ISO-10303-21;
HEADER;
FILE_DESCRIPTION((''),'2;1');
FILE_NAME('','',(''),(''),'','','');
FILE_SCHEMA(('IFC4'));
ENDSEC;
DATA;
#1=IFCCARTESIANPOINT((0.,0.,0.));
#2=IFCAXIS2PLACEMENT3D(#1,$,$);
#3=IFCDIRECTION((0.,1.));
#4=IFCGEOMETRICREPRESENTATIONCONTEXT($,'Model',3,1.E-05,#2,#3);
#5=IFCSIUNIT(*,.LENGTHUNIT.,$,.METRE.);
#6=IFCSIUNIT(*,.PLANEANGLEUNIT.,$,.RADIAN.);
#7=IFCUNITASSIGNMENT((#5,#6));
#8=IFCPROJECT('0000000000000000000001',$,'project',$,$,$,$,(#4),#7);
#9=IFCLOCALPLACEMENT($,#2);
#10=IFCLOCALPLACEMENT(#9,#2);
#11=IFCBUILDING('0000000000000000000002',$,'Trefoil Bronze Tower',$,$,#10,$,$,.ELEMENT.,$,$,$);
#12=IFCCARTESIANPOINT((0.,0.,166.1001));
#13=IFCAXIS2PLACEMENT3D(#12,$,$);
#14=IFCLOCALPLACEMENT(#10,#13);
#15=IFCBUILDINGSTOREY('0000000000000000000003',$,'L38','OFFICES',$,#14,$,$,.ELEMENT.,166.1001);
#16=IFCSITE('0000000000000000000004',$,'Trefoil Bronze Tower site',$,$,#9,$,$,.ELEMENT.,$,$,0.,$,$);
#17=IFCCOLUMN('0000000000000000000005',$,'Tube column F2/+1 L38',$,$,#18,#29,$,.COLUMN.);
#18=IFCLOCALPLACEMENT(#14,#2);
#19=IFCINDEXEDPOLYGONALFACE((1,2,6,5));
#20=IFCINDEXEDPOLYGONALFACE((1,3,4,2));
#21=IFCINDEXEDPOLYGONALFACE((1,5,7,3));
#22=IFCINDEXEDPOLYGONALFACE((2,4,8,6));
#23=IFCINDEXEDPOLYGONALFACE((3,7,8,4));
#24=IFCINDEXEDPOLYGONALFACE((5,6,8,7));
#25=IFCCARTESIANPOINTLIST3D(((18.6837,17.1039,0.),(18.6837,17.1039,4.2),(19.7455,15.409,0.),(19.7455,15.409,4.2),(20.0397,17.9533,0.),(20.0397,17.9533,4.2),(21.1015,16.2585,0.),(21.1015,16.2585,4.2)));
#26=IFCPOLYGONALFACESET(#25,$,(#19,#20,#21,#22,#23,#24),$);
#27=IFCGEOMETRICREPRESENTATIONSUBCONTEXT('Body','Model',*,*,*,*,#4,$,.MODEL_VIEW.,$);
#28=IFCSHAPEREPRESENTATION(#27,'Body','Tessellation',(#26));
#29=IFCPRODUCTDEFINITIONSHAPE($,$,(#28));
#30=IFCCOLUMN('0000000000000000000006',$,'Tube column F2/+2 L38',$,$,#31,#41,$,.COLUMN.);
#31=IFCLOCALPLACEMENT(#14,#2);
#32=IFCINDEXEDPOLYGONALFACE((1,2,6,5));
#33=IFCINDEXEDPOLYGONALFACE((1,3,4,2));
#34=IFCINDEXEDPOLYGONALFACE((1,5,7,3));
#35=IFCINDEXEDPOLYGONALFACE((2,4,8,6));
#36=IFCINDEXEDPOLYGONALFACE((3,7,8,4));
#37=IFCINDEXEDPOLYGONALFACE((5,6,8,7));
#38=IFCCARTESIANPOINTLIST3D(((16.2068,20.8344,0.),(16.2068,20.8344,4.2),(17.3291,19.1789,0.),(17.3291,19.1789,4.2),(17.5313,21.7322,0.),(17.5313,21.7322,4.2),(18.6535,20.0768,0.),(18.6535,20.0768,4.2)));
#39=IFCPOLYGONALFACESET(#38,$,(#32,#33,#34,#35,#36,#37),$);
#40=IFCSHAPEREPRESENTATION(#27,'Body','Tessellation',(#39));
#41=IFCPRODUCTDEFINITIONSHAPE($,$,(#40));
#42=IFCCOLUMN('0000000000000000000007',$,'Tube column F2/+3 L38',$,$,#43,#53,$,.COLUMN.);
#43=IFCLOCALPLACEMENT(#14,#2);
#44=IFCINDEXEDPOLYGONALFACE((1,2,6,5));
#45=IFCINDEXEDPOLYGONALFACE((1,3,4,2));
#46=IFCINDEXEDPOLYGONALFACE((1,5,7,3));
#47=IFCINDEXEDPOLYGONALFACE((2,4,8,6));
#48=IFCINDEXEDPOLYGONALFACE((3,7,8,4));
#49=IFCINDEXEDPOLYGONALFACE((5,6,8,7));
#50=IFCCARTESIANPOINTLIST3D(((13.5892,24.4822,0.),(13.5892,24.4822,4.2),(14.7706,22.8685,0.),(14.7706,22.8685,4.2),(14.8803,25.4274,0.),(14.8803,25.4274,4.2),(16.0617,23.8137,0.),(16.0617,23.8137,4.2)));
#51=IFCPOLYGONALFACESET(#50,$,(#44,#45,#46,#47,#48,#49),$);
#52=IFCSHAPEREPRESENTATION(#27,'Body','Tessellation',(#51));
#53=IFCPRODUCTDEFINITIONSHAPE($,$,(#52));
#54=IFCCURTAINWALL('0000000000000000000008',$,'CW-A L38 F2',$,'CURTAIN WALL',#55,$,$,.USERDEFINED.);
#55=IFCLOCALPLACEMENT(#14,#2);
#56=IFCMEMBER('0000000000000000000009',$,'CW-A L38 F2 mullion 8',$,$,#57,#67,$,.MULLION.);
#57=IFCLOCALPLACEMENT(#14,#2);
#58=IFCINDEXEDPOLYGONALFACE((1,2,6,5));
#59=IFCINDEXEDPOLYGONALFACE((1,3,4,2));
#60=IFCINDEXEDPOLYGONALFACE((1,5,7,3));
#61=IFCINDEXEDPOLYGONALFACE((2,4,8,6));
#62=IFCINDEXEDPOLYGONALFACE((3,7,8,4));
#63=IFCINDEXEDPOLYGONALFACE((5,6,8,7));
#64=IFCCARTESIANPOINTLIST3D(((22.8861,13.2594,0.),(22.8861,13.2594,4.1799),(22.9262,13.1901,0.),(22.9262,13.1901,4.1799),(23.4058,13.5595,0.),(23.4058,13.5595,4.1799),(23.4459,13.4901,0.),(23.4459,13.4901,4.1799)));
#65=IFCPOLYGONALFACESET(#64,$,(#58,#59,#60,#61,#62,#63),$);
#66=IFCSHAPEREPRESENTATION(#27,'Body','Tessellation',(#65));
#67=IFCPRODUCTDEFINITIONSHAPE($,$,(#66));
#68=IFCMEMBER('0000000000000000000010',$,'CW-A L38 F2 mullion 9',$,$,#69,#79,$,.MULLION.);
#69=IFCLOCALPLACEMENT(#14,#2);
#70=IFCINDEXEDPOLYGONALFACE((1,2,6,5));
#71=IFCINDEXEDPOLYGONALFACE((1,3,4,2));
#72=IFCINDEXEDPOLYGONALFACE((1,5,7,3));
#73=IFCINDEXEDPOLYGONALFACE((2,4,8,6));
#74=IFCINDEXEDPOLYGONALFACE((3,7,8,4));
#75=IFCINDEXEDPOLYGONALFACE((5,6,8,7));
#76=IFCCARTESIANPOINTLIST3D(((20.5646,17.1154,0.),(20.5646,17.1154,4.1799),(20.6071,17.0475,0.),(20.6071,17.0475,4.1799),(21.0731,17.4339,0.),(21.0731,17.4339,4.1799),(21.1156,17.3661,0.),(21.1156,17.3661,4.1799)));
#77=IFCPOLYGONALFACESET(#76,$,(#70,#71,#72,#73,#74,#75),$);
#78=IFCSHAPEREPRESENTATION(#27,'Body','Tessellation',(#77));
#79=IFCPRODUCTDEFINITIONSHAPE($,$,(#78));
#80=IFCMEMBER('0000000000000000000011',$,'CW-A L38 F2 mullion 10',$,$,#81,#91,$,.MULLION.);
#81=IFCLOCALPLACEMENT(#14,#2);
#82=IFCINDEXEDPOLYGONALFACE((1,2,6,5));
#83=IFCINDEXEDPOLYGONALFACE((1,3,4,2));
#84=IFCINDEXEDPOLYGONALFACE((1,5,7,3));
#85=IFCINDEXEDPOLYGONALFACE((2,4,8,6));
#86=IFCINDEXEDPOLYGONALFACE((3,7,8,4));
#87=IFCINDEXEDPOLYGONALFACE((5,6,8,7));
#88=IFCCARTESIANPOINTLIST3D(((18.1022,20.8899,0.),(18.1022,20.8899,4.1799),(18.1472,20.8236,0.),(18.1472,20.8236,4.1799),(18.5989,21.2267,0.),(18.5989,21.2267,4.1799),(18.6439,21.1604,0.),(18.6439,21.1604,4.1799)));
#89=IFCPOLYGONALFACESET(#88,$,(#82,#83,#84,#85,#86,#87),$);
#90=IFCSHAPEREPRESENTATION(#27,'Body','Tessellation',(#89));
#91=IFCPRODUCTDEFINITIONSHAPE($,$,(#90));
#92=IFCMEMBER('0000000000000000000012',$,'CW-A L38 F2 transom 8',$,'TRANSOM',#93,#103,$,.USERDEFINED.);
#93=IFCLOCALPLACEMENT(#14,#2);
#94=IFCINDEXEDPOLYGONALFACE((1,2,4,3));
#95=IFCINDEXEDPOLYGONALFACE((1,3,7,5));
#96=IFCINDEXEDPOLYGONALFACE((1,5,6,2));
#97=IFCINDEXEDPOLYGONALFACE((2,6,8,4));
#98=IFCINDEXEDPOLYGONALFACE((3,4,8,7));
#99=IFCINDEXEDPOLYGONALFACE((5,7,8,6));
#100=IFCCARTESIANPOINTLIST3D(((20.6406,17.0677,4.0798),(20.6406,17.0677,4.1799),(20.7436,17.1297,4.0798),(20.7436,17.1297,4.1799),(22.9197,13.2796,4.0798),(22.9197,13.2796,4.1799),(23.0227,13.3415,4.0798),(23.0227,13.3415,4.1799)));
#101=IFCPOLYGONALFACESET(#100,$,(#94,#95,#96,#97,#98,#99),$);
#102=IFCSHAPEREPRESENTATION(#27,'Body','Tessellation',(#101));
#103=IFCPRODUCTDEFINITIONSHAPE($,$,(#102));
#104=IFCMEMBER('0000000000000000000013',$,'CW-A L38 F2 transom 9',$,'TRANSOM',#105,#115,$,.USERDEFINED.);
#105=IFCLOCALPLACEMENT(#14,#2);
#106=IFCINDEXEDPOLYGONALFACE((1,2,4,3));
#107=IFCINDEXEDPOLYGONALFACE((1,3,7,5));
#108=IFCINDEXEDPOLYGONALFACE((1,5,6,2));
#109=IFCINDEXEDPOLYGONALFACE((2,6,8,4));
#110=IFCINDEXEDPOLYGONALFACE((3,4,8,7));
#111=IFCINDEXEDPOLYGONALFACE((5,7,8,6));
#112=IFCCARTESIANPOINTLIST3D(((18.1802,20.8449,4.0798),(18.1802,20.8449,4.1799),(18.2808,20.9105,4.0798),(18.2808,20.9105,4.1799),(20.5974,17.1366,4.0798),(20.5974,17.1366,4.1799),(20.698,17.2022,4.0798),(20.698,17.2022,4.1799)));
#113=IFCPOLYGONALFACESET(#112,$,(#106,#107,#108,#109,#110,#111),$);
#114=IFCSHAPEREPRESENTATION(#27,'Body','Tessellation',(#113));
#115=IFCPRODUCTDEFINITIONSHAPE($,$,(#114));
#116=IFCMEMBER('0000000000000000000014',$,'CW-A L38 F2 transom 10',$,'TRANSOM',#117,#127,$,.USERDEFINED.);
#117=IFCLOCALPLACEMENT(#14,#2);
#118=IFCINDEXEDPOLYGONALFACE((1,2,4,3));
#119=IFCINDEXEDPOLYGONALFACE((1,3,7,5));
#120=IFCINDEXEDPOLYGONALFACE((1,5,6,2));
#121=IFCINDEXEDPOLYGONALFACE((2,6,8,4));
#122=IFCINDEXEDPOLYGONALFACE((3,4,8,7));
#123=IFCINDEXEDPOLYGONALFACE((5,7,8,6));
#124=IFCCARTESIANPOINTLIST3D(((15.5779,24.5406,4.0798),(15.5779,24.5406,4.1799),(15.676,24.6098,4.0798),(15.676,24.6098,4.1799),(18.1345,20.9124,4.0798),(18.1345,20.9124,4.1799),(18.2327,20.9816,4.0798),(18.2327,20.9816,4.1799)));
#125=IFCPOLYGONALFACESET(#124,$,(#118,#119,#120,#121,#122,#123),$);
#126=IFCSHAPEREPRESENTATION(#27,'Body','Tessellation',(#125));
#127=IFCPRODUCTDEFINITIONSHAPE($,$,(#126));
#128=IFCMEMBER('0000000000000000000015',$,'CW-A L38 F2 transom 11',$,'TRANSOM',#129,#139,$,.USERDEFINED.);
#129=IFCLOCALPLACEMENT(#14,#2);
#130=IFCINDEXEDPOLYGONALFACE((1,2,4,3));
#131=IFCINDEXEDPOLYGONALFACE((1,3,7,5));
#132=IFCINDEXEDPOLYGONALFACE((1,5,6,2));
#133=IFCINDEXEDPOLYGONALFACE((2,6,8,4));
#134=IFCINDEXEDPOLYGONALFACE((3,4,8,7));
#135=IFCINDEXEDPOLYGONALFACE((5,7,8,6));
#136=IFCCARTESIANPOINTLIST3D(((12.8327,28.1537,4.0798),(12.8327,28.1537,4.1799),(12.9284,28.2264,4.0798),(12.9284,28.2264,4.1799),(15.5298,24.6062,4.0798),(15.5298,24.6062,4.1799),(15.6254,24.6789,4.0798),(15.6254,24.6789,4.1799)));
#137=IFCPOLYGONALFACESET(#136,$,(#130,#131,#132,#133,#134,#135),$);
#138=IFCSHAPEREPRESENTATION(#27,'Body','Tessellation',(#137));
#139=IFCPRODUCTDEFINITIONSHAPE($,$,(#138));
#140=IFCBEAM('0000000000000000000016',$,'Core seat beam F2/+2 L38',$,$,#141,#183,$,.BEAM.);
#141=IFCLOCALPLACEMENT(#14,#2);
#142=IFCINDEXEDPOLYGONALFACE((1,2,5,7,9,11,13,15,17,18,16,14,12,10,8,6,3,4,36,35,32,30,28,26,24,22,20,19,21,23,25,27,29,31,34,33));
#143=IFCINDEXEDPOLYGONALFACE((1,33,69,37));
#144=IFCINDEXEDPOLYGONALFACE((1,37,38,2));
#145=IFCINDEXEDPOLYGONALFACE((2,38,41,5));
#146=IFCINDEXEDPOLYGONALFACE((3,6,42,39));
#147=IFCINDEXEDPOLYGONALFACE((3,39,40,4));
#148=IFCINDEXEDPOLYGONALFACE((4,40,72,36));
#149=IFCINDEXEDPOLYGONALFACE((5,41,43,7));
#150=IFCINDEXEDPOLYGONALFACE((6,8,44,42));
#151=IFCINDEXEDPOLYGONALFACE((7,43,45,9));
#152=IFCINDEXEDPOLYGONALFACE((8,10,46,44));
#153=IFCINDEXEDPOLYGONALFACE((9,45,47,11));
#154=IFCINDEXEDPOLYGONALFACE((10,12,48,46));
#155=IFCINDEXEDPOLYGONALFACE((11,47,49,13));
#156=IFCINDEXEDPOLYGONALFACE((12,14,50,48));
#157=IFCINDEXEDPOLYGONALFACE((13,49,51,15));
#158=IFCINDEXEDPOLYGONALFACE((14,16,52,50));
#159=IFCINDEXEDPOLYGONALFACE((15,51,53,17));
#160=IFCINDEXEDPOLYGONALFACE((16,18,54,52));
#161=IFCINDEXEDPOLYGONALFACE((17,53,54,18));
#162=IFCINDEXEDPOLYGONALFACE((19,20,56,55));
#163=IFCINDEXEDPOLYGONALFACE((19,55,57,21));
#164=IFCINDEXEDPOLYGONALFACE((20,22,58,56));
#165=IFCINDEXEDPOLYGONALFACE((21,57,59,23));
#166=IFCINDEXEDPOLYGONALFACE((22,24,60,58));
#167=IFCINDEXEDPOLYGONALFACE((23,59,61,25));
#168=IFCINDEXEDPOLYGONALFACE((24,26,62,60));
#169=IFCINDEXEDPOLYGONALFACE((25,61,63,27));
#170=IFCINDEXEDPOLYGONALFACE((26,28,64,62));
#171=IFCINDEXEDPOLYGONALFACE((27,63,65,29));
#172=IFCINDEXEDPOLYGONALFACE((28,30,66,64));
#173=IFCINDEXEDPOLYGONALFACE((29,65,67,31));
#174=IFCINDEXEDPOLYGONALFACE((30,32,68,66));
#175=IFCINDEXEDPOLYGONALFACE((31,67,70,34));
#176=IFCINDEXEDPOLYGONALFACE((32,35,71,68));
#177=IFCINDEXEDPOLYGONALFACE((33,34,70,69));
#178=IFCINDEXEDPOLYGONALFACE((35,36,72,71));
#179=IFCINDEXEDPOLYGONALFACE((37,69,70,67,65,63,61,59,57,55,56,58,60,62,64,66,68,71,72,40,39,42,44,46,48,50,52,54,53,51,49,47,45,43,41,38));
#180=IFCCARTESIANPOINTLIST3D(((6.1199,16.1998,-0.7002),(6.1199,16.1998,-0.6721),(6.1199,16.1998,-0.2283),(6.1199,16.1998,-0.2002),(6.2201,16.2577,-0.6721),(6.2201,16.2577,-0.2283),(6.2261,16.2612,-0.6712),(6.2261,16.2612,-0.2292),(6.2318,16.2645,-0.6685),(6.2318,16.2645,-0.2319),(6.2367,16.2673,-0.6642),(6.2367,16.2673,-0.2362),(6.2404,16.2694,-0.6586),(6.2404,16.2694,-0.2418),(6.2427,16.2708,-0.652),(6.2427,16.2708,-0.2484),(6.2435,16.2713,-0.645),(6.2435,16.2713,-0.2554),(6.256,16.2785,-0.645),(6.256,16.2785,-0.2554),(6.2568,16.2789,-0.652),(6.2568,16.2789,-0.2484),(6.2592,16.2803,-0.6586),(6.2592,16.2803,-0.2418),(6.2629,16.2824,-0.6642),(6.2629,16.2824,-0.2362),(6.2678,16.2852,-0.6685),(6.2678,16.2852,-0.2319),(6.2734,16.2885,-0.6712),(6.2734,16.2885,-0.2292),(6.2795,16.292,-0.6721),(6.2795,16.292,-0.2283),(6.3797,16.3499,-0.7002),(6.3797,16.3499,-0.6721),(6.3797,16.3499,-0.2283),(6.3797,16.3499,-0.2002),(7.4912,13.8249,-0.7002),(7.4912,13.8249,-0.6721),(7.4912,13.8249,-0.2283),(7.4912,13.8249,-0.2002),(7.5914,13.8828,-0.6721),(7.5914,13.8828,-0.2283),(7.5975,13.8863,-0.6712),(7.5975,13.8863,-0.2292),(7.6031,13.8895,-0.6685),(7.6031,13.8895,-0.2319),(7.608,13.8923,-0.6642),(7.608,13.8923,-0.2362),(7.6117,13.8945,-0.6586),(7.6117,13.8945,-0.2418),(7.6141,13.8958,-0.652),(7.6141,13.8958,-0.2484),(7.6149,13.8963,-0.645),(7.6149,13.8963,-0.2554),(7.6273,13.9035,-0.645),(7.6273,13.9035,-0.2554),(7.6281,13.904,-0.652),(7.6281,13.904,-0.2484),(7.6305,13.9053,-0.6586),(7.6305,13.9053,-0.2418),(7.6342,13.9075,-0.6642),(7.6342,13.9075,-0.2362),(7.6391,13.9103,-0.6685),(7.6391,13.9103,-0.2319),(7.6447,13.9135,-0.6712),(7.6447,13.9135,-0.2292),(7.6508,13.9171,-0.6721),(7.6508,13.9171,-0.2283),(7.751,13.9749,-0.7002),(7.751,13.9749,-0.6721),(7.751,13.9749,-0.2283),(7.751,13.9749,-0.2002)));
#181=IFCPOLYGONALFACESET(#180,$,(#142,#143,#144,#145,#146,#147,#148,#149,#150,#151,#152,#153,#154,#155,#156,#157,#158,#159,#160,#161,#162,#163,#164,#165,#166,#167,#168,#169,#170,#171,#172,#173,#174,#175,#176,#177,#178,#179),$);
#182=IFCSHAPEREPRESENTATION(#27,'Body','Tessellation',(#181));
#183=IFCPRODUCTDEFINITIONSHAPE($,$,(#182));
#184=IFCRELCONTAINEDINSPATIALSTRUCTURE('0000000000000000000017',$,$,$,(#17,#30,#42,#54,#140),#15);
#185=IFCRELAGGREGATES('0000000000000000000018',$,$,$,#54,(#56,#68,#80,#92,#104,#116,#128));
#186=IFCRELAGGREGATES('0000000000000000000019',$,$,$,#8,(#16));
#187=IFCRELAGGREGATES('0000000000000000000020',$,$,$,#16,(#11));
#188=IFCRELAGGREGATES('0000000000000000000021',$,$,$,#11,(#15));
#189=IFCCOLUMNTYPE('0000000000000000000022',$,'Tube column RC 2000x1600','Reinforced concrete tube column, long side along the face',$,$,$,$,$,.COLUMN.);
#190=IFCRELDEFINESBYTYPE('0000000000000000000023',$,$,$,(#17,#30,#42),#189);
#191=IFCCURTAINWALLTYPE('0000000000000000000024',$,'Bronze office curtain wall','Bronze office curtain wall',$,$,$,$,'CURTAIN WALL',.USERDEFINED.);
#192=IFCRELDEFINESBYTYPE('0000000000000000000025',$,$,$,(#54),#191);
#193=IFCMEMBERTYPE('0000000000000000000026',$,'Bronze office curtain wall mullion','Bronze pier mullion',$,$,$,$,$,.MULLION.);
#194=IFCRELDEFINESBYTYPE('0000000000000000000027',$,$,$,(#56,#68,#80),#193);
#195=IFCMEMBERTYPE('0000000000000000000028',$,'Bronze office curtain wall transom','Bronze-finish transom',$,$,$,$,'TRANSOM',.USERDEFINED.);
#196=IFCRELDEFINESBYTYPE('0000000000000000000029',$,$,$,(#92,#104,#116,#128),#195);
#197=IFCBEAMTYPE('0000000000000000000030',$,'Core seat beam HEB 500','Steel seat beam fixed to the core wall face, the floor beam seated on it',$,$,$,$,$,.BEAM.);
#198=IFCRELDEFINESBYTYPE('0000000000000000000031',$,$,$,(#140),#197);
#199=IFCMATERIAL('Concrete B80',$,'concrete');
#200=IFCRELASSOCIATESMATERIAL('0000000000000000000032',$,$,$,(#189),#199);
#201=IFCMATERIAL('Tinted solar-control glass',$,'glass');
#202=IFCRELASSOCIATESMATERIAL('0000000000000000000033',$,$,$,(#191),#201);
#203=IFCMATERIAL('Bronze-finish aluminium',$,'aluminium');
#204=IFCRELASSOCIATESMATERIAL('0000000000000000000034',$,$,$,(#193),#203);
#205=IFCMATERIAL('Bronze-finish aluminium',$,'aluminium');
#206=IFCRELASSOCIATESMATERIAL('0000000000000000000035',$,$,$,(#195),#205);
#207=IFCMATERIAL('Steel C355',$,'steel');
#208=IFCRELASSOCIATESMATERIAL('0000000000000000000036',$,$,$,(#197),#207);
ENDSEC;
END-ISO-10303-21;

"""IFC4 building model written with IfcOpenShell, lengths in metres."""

from ifc_helpers import new_model, si_unit, direction, frame, origin, origin_2d, place, context, subcontext, project, spatial, rectangle, i_section, extrude, material, material_profile, profile_set, type_object, element, aggregate, save


model = new_model("IFC4")

# Units and contexts
model_context = context("Model", 3, precision=1e-05, world=origin(), true_north=direction((0.0, 1.0)))
body_context = subcontext(model_context, "Body", "Model", "MODEL_VIEW")
ifc_project = project(units=[si_unit("LENGTHUNIT", "METRE"), si_unit("PLANEANGLEUNIT", "RADIAN")], contexts=[model_context])

# Site, building, storey
site_placement = place(None, origin())
site = spatial("IfcSite", under=ifc_project, at=site_placement, Name="Trefoil Bronze Tower site", CompositionType="ELEMENT", RefElevation=0.0)
building_placement = place(site_placement, origin())
building = spatial("IfcBuilding", under=site, at=building_placement, Name="Trefoil Bronze Tower", CompositionType="ELEMENT")
storey_placement = place(building_placement, frame((0.0, 0.0, 166.1001)))
storey = spatial("IfcBuildingStorey", under=building, at=storey_placement, Name="L38", Description="OFFICES", CompositionType="ELEMENT", Elevation=166.1001)

# Columns
ifc_material_1 = material(Name="Concrete B80", Category="concrete")
ifc_material_profile_1 = material_profile(ifc_material_1, rectangle(XDim=2.0, YDim=1.6001, at=origin_2d()), Name="RC 2000x1600")
ifc_profile_set_1 = profile_set([ifc_material_profile_1], Name="Concrete B80")
column_type = type_object("IfcColumnType", Name="Tube column RC 2000x1600", Description="Reinforced concrete tube column, long side along the face", PredefinedType="COLUMN", material=ifc_profile_set_1)
for number, where, z_axis, x_axis, name in (
    (1, (19.8926, 16.6812, 0.0), (0.0, 0.0, 1.0), (-0.530893, 0.847439, 0.0), "Tube column F2/+1 L38"),
    (2, (17.4302, 20.4556, 0.0), (0.0, 0.0, 1.0), (-0.561136, 0.827724, 0.0), "Tube column F2/+2 L38"),
    (3, (14.8254, 24.1479, 0.0), (0.0, 0.0, 1.0), (-0.590723, 0.806875, 0.0), "Tube column F2/+3 L38"),
):
    element("IfcColumn", number, at=place(storey_placement, frame(where, z_axis=z_axis, x_axis=x_axis)), inside=storey, type_object=column_type, Name=name, PredefinedType="COLUMN", context=body_context, shape_type="SweptSolid", body=[
        extrude(rectangle(XDim=2.0, YDim=1.6001, at=origin_2d()), origin(), (0.0, 0.0, 1.0), 4.2),
    ])

# Curtain wall, members
ifc_material_2 = material(Name="Tinted solar-control glass", Category="glass")
curtain_wall_type = type_object("IfcCurtainWallType", Name="Bronze office curtain wall", Description="Bronze office curtain wall", ElementType="CURTAIN WALL", PredefinedType="USERDEFINED", material=ifc_material_2)
curtain_wall_placement = place(storey_placement, origin())
curtain_wall = element("IfcCurtainWall", 4, at=curtain_wall_placement, inside=storey, type_object=curtain_wall_type, Name="CW-A L38 F2", ObjectType="CURTAIN WALL", PredefinedType="USERDEFINED")
ifc_material_3 = material(Name="Bronze-finish aluminium", Category="aluminium")
ifc_material_profile_2 = material_profile(ifc_material_3, rectangle(XDim=0.6001, YDim=0.0801, at=origin_2d()), Name="CW-A mullion")
ifc_profile_set_2 = profile_set([ifc_material_profile_2], Name="Bronze-finish aluminium")
member_type_1 = type_object("IfcMemberType", Name="Bronze office curtain wall mullion", Description="Bronze pier mullion", PredefinedType="MULLION", material=ifc_profile_set_2)
member_1_placement = place(storey_placement, frame((23.166, 13.3748, 0.0), z_axis=(0.0, 0.0, 1.0), x_axis=(-0.866025, -0.5, 0.0)))
member_1 = element("IfcMember", 5, at=member_1_placement, type_object=member_type_1, Name="CW-A L38 F2 mullion 8", PredefinedType="MULLION", context=body_context, shape_type="SweptSolid", body=[
    extrude(rectangle(XDim=0.6001, YDim=0.0801, at=origin_2d()), origin(), (0.0, 0.0, 1.0), 4.1799),
])
member_2_placement = place(storey_placement, frame((20.8401, 17.2407, 0.0), z_axis=(0.0, 0.0, 1.0), x_axis=(-0.847439, -0.530893, 0.0)))
member_2 = element("IfcMember", 6, at=member_2_placement, type_object=member_type_1, Name="CW-A L38 F2 mullion 9", PredefinedType="MULLION", context=body_context, shape_type="SweptSolid", body=[
    extrude(rectangle(XDim=0.6001, YDim=0.0801, at=origin_2d()), origin(), (0.0, 0.0, 1.0), 4.1799),
])
member_3_placement = place(storey_placement, frame((18.373, 21.0251, 0.0), z_axis=(0.0, 0.0, 1.0), x_axis=(-0.827724, -0.561136, 0.0)))
member_3 = element("IfcMember", 7, at=member_3_placement, type_object=member_type_1, Name="CW-A L38 F2 mullion 10", PredefinedType="MULLION", context=body_context, shape_type="SweptSolid", body=[
    extrude(rectangle(XDim=0.6001, YDim=0.0801, at=origin_2d()), origin(), (0.0, 0.0, 1.0), 4.1799),
])
ifc_material_4 = material(Name="Bronze-finish aluminium", Category="aluminium")
ifc_material_profile_3 = material_profile(ifc_material_4, rectangle(XDim=0.1201, YDim=0.1001, at=origin_2d()), Name="CW-A transom")
ifc_profile_set_3 = profile_set([ifc_material_profile_3], Name="Bronze-finish aluminium")
member_type_2 = type_object("IfcMemberType", Name="Bronze office curtain wall transom", Description="Bronze-finish transom", ElementType="TRANSOM", PredefinedType="USERDEFINED", material=ifc_profile_set_3)
member_4_placement = place(storey_placement, frame((22.9712, 13.3105, 4.1299), z_axis=(-0.515527, 0.856873, 0.0), x_axis=(-0.856873, -0.515527, 0.0)))
member_4 = element("IfcMember", 8, at=member_4_placement, type_object=member_type_2, Name="CW-A L38 F2 transom 8", ObjectType="TRANSOM", PredefinedType="USERDEFINED", context=body_context, shape_type="SweptSolid", body=[
    extrude(rectangle(XDim=0.1201, YDim=0.1001, at=origin_2d()), origin(), (0.0, 0.0, 1.0), 4.4209),
])
member_5_placement = place(storey_placement, frame((20.6477, 17.1694, 4.1299), z_axis=(-0.546079, 0.837733, 0.0), x_axis=(-0.837733, -0.546079, 0.0)))
member_5 = element("IfcMember", 9, at=member_5_placement, type_object=member_type_2, Name="CW-A L38 F2 transom 9", ObjectType="TRANSOM", PredefinedType="USERDEFINED", context=body_context, shape_type="SweptSolid", body=[
    extrude(rectangle(XDim=0.1201, YDim=0.1001, at=origin_2d()), origin(), (0.0, 0.0, 1.0), 4.4265),
])
member_6_placement = place(storey_placement, frame((18.1836, 20.947, 4.1299), z_axis=(-0.576018, 0.817437, 0.0), x_axis=(-0.817437, -0.576018, 0.0)))
member_6 = element("IfcMember", 10, at=member_6_placement, type_object=member_type_2, Name="CW-A L38 F2 transom 10", ObjectType="TRANSOM", PredefinedType="USERDEFINED", context=body_context, shape_type="SweptSolid", body=[
    extrude(rectangle(XDim=0.1201, YDim=0.1001, at=origin_2d()), origin(), (0.0, 0.0, 1.0), 4.4385),
])
member_7_placement = place(storey_placement, frame((15.5776, 24.6426, 4.1299), z_axis=(-0.605229, 0.796051, 0.0), x_axis=(-0.796051, -0.605229, 0.0)))
member_7 = element("IfcMember", 11, at=member_7_placement, type_object=member_type_2, Name="CW-A L38 F2 transom 11", ObjectType="TRANSOM", PredefinedType="USERDEFINED", context=body_context, shape_type="SweptSolid", body=[
    extrude(rectangle(XDim=0.1201, YDim=0.1001, at=origin_2d()), origin(), (0.0, 0.0, 1.0), 4.4563),
])

# Beam
ifc_material_5 = material(Name="Steel C355", Category="steel")
ifc_material_profile_4 = material_profile(ifc_material_5, i_section(OverallWidth=0.3, OverallDepth=0.5, WebThickness=0.0144, FlangeThickness=0.0281, FilletRadius=0.0271, at=origin_2d()), Name="HEB 500")
ifc_profile_set_4 = profile_set([ifc_material_profile_4], Name="Steel C355")
beam_type_1 = type_object("IfcBeamType", Name="Core seat beam HEB 500", Description="Steel seat beam fixed to the core wall face, the floor beam seated on it", PredefinedType="BEAM", material=ifc_profile_set_4)
beam_1_placement = place(storey_placement, frame((7.6211, 13.8999, -0.4502), z_axis=(-0.500036, 0.866005, 0.0), x_axis=(-0.866005, -0.500036, 0.0)))
element("IfcBeam", 12, at=beam_1_placement, inside=storey, type_object=beam_type_1, Name="Core seat beam F2/+2 L38", PredefinedType="BEAM", context=body_context, shape_type="SweptSolid", body=[
    extrude(i_section(OverallWidth=0.3, OverallDepth=0.5, WebThickness=0.0144, FlangeThickness=0.0281, FilletRadius=0.0271, at=origin_2d()), origin(), (0.0, 0.0, 1.0), 2.7424),
])

aggregate(curtain_wall, [member_1, member_2, member_3, member_4, member_5, member_6, member_7])

save(model, "model.ifc")
